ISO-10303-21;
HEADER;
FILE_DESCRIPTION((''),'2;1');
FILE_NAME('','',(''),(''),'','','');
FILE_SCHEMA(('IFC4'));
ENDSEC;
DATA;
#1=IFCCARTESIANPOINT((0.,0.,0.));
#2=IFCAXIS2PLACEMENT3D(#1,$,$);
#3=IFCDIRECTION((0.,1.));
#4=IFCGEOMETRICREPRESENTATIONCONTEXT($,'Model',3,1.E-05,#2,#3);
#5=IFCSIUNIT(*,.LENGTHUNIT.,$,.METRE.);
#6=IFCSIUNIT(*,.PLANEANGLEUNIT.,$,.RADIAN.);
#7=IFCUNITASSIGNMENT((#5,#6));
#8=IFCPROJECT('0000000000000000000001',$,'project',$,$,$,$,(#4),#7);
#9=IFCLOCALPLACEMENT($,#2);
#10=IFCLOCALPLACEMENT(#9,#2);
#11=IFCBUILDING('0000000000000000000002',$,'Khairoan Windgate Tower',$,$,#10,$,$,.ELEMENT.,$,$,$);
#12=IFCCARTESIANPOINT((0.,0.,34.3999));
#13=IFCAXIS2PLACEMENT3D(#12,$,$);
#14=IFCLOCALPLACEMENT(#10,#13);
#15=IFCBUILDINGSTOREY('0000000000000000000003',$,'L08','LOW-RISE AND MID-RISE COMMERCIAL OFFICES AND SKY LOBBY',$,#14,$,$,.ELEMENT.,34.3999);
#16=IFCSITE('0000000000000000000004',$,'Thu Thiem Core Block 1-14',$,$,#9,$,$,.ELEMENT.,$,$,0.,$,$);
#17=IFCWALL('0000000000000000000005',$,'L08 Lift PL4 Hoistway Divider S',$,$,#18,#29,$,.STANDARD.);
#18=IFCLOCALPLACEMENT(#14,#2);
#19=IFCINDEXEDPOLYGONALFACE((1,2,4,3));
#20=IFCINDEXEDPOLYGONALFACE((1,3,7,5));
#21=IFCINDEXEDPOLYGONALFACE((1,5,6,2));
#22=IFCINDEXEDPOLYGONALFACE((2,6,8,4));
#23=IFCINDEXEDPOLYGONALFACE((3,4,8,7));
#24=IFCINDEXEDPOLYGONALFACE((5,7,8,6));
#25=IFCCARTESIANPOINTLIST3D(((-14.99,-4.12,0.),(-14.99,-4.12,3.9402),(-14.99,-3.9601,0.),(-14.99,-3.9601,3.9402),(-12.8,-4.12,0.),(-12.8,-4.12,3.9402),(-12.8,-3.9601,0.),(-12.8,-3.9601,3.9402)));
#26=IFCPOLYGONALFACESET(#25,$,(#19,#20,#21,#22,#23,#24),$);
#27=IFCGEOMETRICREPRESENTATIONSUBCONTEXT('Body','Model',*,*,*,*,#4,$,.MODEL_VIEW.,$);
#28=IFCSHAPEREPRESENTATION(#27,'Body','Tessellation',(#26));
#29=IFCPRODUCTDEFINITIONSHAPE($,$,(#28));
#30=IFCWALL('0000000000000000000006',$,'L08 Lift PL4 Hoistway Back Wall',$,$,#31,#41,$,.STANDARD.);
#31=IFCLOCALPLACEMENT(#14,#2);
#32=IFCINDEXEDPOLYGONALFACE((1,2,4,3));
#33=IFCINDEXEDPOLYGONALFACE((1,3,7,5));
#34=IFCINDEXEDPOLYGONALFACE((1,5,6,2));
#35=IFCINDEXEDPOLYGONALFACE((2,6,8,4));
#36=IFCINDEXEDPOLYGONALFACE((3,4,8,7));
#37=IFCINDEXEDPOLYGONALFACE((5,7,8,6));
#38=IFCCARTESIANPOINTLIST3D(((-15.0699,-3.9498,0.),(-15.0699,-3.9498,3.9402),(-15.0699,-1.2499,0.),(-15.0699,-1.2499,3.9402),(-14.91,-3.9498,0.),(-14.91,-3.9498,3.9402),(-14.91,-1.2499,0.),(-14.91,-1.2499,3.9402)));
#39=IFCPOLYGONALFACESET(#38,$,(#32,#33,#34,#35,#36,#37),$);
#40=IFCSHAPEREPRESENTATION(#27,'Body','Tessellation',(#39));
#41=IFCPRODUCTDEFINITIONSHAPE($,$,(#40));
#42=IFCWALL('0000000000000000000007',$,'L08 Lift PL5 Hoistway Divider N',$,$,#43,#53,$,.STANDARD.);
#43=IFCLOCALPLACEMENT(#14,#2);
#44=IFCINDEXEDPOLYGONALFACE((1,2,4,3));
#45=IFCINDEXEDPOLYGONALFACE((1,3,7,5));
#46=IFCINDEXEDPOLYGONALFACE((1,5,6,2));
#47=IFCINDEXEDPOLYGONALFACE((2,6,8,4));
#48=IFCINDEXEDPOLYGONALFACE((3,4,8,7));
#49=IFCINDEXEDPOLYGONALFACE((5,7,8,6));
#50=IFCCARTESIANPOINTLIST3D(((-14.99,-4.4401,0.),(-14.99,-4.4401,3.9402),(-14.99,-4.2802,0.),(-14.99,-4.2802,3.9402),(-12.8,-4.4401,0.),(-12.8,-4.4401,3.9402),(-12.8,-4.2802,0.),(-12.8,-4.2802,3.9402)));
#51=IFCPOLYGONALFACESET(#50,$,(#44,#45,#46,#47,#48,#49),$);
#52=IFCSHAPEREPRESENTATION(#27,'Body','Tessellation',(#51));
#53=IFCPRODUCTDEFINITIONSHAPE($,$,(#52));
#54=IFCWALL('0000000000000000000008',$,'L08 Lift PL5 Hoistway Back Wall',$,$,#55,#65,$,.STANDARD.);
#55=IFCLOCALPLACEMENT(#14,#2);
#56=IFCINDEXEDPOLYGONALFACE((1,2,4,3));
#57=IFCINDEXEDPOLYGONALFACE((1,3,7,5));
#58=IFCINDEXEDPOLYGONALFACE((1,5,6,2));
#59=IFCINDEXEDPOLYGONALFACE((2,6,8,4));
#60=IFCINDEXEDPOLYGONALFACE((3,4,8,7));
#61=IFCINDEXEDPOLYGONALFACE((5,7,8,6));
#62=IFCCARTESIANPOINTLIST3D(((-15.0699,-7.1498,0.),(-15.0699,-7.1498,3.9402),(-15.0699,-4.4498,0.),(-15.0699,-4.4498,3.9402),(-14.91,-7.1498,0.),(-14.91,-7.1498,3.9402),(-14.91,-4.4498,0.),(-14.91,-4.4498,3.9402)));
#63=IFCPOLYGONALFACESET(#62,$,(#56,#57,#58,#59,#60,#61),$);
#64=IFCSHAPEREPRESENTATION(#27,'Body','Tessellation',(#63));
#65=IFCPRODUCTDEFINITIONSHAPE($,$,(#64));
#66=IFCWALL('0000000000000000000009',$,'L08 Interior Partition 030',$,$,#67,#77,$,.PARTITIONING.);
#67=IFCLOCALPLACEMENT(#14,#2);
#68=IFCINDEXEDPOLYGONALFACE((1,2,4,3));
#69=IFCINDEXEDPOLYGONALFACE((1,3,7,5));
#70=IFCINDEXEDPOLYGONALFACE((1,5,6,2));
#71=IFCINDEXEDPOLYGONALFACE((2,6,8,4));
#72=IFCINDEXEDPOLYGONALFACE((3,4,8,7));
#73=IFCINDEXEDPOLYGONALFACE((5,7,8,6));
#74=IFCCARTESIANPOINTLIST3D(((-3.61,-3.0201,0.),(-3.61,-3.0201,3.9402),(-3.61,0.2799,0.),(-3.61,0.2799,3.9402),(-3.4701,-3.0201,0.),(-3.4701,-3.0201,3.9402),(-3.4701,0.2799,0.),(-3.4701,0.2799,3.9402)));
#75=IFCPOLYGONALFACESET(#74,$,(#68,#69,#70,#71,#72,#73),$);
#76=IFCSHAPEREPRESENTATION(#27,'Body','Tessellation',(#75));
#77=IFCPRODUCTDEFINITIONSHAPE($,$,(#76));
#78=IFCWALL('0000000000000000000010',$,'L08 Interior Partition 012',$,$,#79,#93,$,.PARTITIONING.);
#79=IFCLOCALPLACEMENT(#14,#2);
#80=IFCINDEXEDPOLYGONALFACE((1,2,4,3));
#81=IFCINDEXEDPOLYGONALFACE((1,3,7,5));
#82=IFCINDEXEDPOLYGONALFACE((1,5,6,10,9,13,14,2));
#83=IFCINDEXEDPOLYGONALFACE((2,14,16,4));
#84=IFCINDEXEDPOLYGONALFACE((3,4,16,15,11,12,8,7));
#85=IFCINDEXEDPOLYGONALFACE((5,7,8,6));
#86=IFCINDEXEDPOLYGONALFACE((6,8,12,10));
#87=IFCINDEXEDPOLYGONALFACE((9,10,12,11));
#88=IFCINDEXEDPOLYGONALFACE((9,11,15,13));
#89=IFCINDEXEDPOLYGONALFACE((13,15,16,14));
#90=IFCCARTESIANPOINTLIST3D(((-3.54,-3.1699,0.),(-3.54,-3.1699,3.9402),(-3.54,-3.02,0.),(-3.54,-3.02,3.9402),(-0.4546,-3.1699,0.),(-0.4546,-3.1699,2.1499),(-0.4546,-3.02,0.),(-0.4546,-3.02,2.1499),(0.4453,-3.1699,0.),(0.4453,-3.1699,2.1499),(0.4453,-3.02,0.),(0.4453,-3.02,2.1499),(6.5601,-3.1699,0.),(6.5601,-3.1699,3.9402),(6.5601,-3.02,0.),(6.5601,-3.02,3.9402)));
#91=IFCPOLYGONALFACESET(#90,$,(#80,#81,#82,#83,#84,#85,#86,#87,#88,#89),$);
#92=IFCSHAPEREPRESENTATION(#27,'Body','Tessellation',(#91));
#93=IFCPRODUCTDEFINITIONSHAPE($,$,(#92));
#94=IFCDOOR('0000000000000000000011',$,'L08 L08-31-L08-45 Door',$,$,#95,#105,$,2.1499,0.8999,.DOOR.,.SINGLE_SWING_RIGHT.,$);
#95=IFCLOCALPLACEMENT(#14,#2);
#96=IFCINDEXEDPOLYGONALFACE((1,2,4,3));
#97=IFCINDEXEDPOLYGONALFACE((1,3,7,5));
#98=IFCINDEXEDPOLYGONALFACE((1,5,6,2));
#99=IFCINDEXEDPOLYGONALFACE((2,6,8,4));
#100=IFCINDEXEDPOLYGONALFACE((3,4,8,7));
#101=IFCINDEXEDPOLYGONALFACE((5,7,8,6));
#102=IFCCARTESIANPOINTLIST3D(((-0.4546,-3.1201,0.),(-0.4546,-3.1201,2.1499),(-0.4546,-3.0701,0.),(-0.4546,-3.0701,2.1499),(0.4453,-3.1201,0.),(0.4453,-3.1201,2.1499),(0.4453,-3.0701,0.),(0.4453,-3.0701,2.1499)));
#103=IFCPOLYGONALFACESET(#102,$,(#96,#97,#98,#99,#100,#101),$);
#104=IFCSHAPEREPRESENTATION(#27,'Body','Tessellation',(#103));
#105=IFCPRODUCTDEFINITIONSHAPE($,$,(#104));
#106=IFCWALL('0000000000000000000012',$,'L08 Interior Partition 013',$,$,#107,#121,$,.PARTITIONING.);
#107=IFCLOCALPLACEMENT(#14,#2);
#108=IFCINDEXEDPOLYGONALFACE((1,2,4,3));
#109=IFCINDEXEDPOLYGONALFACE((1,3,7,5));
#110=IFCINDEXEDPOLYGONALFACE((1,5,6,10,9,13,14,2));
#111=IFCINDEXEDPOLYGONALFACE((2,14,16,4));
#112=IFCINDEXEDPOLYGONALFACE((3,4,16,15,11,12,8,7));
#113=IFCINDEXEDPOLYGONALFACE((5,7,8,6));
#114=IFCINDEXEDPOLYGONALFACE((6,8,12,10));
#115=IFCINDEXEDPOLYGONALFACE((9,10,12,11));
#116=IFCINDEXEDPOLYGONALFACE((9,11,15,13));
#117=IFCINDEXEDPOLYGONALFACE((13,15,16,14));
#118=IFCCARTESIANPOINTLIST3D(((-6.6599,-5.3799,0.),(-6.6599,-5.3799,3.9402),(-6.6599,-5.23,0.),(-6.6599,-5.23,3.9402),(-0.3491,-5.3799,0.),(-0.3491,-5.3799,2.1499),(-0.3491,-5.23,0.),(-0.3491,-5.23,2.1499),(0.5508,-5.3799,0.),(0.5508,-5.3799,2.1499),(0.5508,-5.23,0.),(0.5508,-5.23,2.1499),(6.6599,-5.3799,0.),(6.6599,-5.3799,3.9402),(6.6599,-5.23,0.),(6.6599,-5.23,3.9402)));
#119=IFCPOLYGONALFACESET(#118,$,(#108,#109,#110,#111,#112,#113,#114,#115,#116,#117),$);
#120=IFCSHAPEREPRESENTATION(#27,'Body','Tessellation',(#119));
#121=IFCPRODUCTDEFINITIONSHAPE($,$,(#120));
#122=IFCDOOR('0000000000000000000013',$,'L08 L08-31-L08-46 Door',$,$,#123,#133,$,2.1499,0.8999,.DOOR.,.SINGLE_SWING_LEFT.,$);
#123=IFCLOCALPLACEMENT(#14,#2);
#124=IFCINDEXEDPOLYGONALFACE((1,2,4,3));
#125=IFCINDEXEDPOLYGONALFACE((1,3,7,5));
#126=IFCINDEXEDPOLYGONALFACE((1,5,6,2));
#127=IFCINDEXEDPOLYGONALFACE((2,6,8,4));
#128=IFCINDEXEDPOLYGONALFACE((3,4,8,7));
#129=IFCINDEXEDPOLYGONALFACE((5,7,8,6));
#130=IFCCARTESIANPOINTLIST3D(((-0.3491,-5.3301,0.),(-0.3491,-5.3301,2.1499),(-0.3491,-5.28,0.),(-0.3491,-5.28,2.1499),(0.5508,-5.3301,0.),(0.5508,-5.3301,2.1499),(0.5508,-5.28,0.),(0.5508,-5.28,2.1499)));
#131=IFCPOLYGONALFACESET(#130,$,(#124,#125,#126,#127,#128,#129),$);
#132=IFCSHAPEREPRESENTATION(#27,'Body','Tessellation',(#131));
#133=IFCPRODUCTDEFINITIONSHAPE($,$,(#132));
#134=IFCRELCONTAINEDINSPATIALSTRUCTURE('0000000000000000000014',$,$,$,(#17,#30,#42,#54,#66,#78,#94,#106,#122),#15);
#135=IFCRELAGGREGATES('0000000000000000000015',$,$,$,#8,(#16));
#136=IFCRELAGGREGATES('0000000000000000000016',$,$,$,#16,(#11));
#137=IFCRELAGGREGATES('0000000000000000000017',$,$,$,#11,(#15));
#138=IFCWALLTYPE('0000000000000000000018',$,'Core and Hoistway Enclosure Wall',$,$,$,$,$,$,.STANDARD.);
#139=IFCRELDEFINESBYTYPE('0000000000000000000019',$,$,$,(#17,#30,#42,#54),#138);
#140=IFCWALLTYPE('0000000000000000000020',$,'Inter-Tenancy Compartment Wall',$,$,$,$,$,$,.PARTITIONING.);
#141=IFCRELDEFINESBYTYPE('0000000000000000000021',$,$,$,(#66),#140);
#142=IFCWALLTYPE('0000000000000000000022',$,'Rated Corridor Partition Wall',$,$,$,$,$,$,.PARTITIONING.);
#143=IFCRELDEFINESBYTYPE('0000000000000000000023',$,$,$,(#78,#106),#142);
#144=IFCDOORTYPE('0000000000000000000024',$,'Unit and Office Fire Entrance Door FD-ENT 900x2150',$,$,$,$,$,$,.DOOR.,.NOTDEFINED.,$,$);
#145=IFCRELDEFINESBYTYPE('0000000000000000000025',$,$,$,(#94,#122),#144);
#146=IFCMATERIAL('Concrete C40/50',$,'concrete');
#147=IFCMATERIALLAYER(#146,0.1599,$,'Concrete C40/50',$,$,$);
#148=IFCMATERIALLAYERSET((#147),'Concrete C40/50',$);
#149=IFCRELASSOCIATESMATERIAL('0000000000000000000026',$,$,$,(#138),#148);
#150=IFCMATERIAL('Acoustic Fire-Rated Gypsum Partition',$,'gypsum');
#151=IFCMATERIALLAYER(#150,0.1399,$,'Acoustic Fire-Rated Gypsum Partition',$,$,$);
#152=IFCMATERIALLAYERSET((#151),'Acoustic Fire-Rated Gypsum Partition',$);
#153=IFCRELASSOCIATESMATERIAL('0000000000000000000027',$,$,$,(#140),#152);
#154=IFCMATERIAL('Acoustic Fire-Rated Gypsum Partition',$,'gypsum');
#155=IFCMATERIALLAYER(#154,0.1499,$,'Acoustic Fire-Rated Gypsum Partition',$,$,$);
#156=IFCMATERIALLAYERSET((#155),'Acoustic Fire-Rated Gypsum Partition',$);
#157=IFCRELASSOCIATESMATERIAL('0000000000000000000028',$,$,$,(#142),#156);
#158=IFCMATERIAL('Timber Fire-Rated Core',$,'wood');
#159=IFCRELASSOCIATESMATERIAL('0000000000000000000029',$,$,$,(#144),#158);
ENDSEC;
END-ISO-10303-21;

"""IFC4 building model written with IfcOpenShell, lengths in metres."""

from ifc_helpers import new_model, si_unit, direction, frame, frame_2d, origin, place, context, subcontext, project, spatial, rectangle, extrude, material, layer, layer_set, type_object, element, fill, save


model = new_model("IFC4")

# Units and contexts
model_context = context("Model", 3, precision=1e-05, world=origin(), true_north=direction((0.0, 1.0)))
body_context = subcontext(model_context, "Body", "Model", "MODEL_VIEW")
ifc_project = project(units=[si_unit("LENGTHUNIT", "METRE"), si_unit("PLANEANGLEUNIT", "RADIAN")], contexts=[model_context])

# Site, building, storey
site_placement = place(None, origin())
site = spatial("IfcSite", under=ifc_project, at=site_placement, Name="Thu Thiem Core Block 1-14", CompositionType="ELEMENT", RefElevation=0.0)
building_placement = place(site_placement, origin())
building = spatial("IfcBuilding", under=site, at=building_placement, Name="Khairoan Windgate Tower", CompositionType="ELEMENT")
storey_placement = place(building_placement, frame((0.0, 0.0, 34.3999)))
storey = spatial("IfcBuildingStorey", under=building, at=storey_placement, Name="L08", Description="LOW-RISE AND MID-RISE COMMERCIAL OFFICES AND SKY LOBBY", CompositionType="ELEMENT", Elevation=34.3999)

# Walls
ifc_material_1 = material(Name="Concrete C40/50", Category="concrete")
ifc_layer_1 = layer(ifc_material_1, 0.1599, Name="Concrete C40/50")
ifc_layer_set_1 = layer_set([ifc_layer_1], Name="Concrete C40/50")
wall_type_1 = type_object("IfcWallType", Name="Core and Hoistway Enclosure Wall", PredefinedType="STANDARD", material=ifc_layer_set_1)
wall_1_placement = place(storey_placement, frame((-14.99, -4.04, 0.0), z_axis=(0.0, 0.0, 1.0), x_axis=(1.0, 0.0, 0.0)))
element("IfcWall", 1, at=wall_1_placement, inside=storey, type_object=wall_type_1, Name="L08 Lift PL4 Hoistway Divider S", PredefinedType="STANDARD", context=body_context, shape_type="SweptSolid", body=[
    extrude(rectangle(XDim=2.1899, YDim=0.1599, at=frame_2d((1.095, 0.0))), origin(), (0.0, 0.0, 1.0), 3.9402),
])
wall_2_placement = place(storey_placement, frame((-14.99, -3.95, 0.0), z_axis=(0.0, 0.0, 1.0), x_axis=(0.0, 1.0, 0.0)))
element("IfcWall", 2, at=wall_2_placement, inside=storey, type_object=wall_type_1, Name="L08 Lift PL4 Hoistway Back Wall", PredefinedType="STANDARD", context=body_context, shape_type="SweptSolid", body=[
    extrude(rectangle(XDim=2.7, YDim=0.1599, at=frame_2d((1.3501, 0.0))), origin(), (0.0, 0.0, 1.0), 3.9402),
])
wall_3_placement = place(storey_placement, frame((-14.99, -4.3601, 0.0), z_axis=(0.0, 0.0, 1.0), x_axis=(1.0, 0.0, 0.0)))
element("IfcWall", 3, at=wall_3_placement, inside=storey, type_object=wall_type_1, Name="L08 Lift PL5 Hoistway Divider N", PredefinedType="STANDARD", context=body_context, shape_type="SweptSolid", body=[
    extrude(rectangle(XDim=2.1899, YDim=0.1599, at=frame_2d((1.095, 0.0))), origin(), (0.0, 0.0, 1.0), 3.9402),
])
wall_4_placement = place(storey_placement, frame((-14.99, -7.1499, 0.0), z_axis=(0.0, 0.0, 1.0), x_axis=(0.0, 1.0, 0.0)))
element("IfcWall", 4, at=wall_4_placement, inside=storey, type_object=wall_type_1, Name="L08 Lift PL5 Hoistway Back Wall", PredefinedType="STANDARD", context=body_context, shape_type="SweptSolid", body=[
    extrude(rectangle(XDim=2.7, YDim=0.1599, at=frame_2d((1.3501, 0.0))), origin(), (0.0, 0.0, 1.0), 3.9402),
])
ifc_material_2 = material(Name="Acoustic Fire-Rated Gypsum Partition", Category="gypsum")
ifc_layer_2 = layer(ifc_material_2, 0.1399, Name="Acoustic Fire-Rated Gypsum Partition")
ifc_layer_set_2 = layer_set([ifc_layer_2], Name="Acoustic Fire-Rated Gypsum Partition")
wall_type_2 = type_object("IfcWallType", Name="Inter-Tenancy Compartment Wall", PredefinedType="PARTITIONING", material=ifc_layer_set_2)
wall_5_placement = place(storey_placement, frame((-3.54, -3.02, 0.0), z_axis=(0.0, 0.0, 1.0), x_axis=(0.0, 1.0, 0.0)))
element("IfcWall", 5, at=wall_5_placement, inside=storey, type_object=wall_type_2, Name="L08 Interior Partition 030", PredefinedType="PARTITIONING", context=body_context, shape_type="SweptSolid", body=[
    extrude(rectangle(XDim=3.3, YDim=0.1399, at=frame_2d((1.6499, 0.0))), origin(), (0.0, 0.0, 1.0), 3.9402),
])

# Walls, openings, doors
ifc_material_3 = material(Name="Acoustic Fire-Rated Gypsum Partition", Category="gypsum")
ifc_layer_3 = layer(ifc_material_3, 0.1499, Name="Acoustic Fire-Rated Gypsum Partition")
ifc_layer_set_3 = layer_set([ifc_layer_3], Name="Acoustic Fire-Rated Gypsum Partition")
wall_type_3 = type_object("IfcWallType", Name="Rated Corridor Partition Wall", PredefinedType="PARTITIONING", material=ifc_layer_set_3)
ifc_material_4 = material(Name="Timber Fire-Rated Core", Category="wood")
door_type = type_object("IfcDoorType", Name="Unit and Office Fire Entrance Door FD-ENT 900x2150", OperationType="NOTDEFINED", PredefinedType="DOOR", material=ifc_material_4)
wall_6_placement = place(storey_placement, frame((-3.54, -3.095, 0.0), z_axis=(0.0, 0.0, 1.0), x_axis=(1.0, 0.0, 0.0)))
wall_6 = element("IfcWall", 6, at=wall_6_placement, inside=storey, type_object=wall_type_3, Name="L08 Interior Partition 012", PredefinedType="PARTITIONING", context=body_context, shape_type="SweptSolid", body=[
    extrude(rectangle(XDim=10.1001, YDim=0.1499, at=frame_2d((5.05, 0.0))), origin(), (0.0, 0.0, 1.0), 3.9402),
])
opening_1_placement = place(wall_6_placement, frame((3.0854, 0.0, 0.0)))
opening_1 = element("IfcOpeningElement", 7, at=opening_1_placement, cuts=wall_6, PredefinedType="OPENING", context=body_context, shape_type="SweptSolid", body=[
    extrude(rectangle(XDim=0.8999, YDim=2.1499, at=frame_2d((0.45, 1.075))), frame((0.0, 0.085, 0.0), z_axis=(0.0, -1.0, 0.0), x_axis=(1.0, 0.0, 0.0)), (0.0, 0.0, 1.0), 0.1699),
])
door_1_placement = place(opening_1_placement, origin())
door_1 = element("IfcDoor", 8, at=door_1_placement, inside=storey, type_object=door_type, Name="L08 L08-31-L08-45 Door", OperationType="SINGLE_SWING_RIGHT", OverallHeight=2.1499, OverallWidth=0.8999, PredefinedType="DOOR", context=body_context, shape_type="SweptSolid", body=[
    extrude(rectangle(XDim=0.8999, YDim=2.1499, at=frame_2d((0.45, 1.075))), frame((0.0, 0.0249, 0.0), z_axis=(0.0, -1.0, 0.0), x_axis=(1.0, 0.0, 0.0)), (0.0, 0.0, 1.0), 0.05),
])
fill(opening_1, door_1)
wall_7_placement = place(storey_placement, frame((-6.6599, -5.3049, 0.0), z_axis=(0.0, 0.0, 1.0), x_axis=(1.0, 0.0, 0.0)))
wall_7 = element("IfcWall", 9, at=wall_7_placement, inside=storey, type_object=wall_type_3, Name="L08 Interior Partition 013", PredefinedType="PARTITIONING", context=body_context, shape_type="SweptSolid", body=[
    extrude(rectangle(XDim=13.3198, YDim=0.1499, at=frame_2d((6.6599, 0.0))), origin(), (0.0, 0.0, 1.0), 3.9402),
])
opening_2_placement = place(wall_7_placement, frame((6.3108, 0.0, 0.0)))
opening_2 = element("IfcOpeningElement", 10, at=opening_2_placement, cuts=wall_7, PredefinedType="OPENING", context=body_context, shape_type="SweptSolid", body=[
    extrude(rectangle(XDim=0.8999, YDim=2.1499, at=frame_2d((0.45, 1.075))), frame((0.0, 0.085, 0.0), z_axis=(0.0, -1.0, 0.0), x_axis=(1.0, 0.0, 0.0)), (0.0, 0.0, 1.0), 0.1699),
])
door_2_placement = place(opening_2_placement, origin())
door_2 = element("IfcDoor", 11, at=door_2_placement, inside=storey, type_object=door_type, Name="L08 L08-31-L08-46 Door", OperationType="SINGLE_SWING_LEFT", OverallHeight=2.1499, OverallWidth=0.8999, PredefinedType="DOOR", context=body_context, shape_type="SweptSolid", body=[
    extrude(rectangle(XDim=0.8999, YDim=2.1499, at=frame_2d((0.45, 1.075))), frame((0.0, 0.0249, 0.0), z_axis=(0.0, -1.0, 0.0), x_axis=(1.0, 0.0, 0.0)), (0.0, 0.0, 1.0), 0.05),
])
fill(opening_2, door_2)

save(model, "model.ifc")
